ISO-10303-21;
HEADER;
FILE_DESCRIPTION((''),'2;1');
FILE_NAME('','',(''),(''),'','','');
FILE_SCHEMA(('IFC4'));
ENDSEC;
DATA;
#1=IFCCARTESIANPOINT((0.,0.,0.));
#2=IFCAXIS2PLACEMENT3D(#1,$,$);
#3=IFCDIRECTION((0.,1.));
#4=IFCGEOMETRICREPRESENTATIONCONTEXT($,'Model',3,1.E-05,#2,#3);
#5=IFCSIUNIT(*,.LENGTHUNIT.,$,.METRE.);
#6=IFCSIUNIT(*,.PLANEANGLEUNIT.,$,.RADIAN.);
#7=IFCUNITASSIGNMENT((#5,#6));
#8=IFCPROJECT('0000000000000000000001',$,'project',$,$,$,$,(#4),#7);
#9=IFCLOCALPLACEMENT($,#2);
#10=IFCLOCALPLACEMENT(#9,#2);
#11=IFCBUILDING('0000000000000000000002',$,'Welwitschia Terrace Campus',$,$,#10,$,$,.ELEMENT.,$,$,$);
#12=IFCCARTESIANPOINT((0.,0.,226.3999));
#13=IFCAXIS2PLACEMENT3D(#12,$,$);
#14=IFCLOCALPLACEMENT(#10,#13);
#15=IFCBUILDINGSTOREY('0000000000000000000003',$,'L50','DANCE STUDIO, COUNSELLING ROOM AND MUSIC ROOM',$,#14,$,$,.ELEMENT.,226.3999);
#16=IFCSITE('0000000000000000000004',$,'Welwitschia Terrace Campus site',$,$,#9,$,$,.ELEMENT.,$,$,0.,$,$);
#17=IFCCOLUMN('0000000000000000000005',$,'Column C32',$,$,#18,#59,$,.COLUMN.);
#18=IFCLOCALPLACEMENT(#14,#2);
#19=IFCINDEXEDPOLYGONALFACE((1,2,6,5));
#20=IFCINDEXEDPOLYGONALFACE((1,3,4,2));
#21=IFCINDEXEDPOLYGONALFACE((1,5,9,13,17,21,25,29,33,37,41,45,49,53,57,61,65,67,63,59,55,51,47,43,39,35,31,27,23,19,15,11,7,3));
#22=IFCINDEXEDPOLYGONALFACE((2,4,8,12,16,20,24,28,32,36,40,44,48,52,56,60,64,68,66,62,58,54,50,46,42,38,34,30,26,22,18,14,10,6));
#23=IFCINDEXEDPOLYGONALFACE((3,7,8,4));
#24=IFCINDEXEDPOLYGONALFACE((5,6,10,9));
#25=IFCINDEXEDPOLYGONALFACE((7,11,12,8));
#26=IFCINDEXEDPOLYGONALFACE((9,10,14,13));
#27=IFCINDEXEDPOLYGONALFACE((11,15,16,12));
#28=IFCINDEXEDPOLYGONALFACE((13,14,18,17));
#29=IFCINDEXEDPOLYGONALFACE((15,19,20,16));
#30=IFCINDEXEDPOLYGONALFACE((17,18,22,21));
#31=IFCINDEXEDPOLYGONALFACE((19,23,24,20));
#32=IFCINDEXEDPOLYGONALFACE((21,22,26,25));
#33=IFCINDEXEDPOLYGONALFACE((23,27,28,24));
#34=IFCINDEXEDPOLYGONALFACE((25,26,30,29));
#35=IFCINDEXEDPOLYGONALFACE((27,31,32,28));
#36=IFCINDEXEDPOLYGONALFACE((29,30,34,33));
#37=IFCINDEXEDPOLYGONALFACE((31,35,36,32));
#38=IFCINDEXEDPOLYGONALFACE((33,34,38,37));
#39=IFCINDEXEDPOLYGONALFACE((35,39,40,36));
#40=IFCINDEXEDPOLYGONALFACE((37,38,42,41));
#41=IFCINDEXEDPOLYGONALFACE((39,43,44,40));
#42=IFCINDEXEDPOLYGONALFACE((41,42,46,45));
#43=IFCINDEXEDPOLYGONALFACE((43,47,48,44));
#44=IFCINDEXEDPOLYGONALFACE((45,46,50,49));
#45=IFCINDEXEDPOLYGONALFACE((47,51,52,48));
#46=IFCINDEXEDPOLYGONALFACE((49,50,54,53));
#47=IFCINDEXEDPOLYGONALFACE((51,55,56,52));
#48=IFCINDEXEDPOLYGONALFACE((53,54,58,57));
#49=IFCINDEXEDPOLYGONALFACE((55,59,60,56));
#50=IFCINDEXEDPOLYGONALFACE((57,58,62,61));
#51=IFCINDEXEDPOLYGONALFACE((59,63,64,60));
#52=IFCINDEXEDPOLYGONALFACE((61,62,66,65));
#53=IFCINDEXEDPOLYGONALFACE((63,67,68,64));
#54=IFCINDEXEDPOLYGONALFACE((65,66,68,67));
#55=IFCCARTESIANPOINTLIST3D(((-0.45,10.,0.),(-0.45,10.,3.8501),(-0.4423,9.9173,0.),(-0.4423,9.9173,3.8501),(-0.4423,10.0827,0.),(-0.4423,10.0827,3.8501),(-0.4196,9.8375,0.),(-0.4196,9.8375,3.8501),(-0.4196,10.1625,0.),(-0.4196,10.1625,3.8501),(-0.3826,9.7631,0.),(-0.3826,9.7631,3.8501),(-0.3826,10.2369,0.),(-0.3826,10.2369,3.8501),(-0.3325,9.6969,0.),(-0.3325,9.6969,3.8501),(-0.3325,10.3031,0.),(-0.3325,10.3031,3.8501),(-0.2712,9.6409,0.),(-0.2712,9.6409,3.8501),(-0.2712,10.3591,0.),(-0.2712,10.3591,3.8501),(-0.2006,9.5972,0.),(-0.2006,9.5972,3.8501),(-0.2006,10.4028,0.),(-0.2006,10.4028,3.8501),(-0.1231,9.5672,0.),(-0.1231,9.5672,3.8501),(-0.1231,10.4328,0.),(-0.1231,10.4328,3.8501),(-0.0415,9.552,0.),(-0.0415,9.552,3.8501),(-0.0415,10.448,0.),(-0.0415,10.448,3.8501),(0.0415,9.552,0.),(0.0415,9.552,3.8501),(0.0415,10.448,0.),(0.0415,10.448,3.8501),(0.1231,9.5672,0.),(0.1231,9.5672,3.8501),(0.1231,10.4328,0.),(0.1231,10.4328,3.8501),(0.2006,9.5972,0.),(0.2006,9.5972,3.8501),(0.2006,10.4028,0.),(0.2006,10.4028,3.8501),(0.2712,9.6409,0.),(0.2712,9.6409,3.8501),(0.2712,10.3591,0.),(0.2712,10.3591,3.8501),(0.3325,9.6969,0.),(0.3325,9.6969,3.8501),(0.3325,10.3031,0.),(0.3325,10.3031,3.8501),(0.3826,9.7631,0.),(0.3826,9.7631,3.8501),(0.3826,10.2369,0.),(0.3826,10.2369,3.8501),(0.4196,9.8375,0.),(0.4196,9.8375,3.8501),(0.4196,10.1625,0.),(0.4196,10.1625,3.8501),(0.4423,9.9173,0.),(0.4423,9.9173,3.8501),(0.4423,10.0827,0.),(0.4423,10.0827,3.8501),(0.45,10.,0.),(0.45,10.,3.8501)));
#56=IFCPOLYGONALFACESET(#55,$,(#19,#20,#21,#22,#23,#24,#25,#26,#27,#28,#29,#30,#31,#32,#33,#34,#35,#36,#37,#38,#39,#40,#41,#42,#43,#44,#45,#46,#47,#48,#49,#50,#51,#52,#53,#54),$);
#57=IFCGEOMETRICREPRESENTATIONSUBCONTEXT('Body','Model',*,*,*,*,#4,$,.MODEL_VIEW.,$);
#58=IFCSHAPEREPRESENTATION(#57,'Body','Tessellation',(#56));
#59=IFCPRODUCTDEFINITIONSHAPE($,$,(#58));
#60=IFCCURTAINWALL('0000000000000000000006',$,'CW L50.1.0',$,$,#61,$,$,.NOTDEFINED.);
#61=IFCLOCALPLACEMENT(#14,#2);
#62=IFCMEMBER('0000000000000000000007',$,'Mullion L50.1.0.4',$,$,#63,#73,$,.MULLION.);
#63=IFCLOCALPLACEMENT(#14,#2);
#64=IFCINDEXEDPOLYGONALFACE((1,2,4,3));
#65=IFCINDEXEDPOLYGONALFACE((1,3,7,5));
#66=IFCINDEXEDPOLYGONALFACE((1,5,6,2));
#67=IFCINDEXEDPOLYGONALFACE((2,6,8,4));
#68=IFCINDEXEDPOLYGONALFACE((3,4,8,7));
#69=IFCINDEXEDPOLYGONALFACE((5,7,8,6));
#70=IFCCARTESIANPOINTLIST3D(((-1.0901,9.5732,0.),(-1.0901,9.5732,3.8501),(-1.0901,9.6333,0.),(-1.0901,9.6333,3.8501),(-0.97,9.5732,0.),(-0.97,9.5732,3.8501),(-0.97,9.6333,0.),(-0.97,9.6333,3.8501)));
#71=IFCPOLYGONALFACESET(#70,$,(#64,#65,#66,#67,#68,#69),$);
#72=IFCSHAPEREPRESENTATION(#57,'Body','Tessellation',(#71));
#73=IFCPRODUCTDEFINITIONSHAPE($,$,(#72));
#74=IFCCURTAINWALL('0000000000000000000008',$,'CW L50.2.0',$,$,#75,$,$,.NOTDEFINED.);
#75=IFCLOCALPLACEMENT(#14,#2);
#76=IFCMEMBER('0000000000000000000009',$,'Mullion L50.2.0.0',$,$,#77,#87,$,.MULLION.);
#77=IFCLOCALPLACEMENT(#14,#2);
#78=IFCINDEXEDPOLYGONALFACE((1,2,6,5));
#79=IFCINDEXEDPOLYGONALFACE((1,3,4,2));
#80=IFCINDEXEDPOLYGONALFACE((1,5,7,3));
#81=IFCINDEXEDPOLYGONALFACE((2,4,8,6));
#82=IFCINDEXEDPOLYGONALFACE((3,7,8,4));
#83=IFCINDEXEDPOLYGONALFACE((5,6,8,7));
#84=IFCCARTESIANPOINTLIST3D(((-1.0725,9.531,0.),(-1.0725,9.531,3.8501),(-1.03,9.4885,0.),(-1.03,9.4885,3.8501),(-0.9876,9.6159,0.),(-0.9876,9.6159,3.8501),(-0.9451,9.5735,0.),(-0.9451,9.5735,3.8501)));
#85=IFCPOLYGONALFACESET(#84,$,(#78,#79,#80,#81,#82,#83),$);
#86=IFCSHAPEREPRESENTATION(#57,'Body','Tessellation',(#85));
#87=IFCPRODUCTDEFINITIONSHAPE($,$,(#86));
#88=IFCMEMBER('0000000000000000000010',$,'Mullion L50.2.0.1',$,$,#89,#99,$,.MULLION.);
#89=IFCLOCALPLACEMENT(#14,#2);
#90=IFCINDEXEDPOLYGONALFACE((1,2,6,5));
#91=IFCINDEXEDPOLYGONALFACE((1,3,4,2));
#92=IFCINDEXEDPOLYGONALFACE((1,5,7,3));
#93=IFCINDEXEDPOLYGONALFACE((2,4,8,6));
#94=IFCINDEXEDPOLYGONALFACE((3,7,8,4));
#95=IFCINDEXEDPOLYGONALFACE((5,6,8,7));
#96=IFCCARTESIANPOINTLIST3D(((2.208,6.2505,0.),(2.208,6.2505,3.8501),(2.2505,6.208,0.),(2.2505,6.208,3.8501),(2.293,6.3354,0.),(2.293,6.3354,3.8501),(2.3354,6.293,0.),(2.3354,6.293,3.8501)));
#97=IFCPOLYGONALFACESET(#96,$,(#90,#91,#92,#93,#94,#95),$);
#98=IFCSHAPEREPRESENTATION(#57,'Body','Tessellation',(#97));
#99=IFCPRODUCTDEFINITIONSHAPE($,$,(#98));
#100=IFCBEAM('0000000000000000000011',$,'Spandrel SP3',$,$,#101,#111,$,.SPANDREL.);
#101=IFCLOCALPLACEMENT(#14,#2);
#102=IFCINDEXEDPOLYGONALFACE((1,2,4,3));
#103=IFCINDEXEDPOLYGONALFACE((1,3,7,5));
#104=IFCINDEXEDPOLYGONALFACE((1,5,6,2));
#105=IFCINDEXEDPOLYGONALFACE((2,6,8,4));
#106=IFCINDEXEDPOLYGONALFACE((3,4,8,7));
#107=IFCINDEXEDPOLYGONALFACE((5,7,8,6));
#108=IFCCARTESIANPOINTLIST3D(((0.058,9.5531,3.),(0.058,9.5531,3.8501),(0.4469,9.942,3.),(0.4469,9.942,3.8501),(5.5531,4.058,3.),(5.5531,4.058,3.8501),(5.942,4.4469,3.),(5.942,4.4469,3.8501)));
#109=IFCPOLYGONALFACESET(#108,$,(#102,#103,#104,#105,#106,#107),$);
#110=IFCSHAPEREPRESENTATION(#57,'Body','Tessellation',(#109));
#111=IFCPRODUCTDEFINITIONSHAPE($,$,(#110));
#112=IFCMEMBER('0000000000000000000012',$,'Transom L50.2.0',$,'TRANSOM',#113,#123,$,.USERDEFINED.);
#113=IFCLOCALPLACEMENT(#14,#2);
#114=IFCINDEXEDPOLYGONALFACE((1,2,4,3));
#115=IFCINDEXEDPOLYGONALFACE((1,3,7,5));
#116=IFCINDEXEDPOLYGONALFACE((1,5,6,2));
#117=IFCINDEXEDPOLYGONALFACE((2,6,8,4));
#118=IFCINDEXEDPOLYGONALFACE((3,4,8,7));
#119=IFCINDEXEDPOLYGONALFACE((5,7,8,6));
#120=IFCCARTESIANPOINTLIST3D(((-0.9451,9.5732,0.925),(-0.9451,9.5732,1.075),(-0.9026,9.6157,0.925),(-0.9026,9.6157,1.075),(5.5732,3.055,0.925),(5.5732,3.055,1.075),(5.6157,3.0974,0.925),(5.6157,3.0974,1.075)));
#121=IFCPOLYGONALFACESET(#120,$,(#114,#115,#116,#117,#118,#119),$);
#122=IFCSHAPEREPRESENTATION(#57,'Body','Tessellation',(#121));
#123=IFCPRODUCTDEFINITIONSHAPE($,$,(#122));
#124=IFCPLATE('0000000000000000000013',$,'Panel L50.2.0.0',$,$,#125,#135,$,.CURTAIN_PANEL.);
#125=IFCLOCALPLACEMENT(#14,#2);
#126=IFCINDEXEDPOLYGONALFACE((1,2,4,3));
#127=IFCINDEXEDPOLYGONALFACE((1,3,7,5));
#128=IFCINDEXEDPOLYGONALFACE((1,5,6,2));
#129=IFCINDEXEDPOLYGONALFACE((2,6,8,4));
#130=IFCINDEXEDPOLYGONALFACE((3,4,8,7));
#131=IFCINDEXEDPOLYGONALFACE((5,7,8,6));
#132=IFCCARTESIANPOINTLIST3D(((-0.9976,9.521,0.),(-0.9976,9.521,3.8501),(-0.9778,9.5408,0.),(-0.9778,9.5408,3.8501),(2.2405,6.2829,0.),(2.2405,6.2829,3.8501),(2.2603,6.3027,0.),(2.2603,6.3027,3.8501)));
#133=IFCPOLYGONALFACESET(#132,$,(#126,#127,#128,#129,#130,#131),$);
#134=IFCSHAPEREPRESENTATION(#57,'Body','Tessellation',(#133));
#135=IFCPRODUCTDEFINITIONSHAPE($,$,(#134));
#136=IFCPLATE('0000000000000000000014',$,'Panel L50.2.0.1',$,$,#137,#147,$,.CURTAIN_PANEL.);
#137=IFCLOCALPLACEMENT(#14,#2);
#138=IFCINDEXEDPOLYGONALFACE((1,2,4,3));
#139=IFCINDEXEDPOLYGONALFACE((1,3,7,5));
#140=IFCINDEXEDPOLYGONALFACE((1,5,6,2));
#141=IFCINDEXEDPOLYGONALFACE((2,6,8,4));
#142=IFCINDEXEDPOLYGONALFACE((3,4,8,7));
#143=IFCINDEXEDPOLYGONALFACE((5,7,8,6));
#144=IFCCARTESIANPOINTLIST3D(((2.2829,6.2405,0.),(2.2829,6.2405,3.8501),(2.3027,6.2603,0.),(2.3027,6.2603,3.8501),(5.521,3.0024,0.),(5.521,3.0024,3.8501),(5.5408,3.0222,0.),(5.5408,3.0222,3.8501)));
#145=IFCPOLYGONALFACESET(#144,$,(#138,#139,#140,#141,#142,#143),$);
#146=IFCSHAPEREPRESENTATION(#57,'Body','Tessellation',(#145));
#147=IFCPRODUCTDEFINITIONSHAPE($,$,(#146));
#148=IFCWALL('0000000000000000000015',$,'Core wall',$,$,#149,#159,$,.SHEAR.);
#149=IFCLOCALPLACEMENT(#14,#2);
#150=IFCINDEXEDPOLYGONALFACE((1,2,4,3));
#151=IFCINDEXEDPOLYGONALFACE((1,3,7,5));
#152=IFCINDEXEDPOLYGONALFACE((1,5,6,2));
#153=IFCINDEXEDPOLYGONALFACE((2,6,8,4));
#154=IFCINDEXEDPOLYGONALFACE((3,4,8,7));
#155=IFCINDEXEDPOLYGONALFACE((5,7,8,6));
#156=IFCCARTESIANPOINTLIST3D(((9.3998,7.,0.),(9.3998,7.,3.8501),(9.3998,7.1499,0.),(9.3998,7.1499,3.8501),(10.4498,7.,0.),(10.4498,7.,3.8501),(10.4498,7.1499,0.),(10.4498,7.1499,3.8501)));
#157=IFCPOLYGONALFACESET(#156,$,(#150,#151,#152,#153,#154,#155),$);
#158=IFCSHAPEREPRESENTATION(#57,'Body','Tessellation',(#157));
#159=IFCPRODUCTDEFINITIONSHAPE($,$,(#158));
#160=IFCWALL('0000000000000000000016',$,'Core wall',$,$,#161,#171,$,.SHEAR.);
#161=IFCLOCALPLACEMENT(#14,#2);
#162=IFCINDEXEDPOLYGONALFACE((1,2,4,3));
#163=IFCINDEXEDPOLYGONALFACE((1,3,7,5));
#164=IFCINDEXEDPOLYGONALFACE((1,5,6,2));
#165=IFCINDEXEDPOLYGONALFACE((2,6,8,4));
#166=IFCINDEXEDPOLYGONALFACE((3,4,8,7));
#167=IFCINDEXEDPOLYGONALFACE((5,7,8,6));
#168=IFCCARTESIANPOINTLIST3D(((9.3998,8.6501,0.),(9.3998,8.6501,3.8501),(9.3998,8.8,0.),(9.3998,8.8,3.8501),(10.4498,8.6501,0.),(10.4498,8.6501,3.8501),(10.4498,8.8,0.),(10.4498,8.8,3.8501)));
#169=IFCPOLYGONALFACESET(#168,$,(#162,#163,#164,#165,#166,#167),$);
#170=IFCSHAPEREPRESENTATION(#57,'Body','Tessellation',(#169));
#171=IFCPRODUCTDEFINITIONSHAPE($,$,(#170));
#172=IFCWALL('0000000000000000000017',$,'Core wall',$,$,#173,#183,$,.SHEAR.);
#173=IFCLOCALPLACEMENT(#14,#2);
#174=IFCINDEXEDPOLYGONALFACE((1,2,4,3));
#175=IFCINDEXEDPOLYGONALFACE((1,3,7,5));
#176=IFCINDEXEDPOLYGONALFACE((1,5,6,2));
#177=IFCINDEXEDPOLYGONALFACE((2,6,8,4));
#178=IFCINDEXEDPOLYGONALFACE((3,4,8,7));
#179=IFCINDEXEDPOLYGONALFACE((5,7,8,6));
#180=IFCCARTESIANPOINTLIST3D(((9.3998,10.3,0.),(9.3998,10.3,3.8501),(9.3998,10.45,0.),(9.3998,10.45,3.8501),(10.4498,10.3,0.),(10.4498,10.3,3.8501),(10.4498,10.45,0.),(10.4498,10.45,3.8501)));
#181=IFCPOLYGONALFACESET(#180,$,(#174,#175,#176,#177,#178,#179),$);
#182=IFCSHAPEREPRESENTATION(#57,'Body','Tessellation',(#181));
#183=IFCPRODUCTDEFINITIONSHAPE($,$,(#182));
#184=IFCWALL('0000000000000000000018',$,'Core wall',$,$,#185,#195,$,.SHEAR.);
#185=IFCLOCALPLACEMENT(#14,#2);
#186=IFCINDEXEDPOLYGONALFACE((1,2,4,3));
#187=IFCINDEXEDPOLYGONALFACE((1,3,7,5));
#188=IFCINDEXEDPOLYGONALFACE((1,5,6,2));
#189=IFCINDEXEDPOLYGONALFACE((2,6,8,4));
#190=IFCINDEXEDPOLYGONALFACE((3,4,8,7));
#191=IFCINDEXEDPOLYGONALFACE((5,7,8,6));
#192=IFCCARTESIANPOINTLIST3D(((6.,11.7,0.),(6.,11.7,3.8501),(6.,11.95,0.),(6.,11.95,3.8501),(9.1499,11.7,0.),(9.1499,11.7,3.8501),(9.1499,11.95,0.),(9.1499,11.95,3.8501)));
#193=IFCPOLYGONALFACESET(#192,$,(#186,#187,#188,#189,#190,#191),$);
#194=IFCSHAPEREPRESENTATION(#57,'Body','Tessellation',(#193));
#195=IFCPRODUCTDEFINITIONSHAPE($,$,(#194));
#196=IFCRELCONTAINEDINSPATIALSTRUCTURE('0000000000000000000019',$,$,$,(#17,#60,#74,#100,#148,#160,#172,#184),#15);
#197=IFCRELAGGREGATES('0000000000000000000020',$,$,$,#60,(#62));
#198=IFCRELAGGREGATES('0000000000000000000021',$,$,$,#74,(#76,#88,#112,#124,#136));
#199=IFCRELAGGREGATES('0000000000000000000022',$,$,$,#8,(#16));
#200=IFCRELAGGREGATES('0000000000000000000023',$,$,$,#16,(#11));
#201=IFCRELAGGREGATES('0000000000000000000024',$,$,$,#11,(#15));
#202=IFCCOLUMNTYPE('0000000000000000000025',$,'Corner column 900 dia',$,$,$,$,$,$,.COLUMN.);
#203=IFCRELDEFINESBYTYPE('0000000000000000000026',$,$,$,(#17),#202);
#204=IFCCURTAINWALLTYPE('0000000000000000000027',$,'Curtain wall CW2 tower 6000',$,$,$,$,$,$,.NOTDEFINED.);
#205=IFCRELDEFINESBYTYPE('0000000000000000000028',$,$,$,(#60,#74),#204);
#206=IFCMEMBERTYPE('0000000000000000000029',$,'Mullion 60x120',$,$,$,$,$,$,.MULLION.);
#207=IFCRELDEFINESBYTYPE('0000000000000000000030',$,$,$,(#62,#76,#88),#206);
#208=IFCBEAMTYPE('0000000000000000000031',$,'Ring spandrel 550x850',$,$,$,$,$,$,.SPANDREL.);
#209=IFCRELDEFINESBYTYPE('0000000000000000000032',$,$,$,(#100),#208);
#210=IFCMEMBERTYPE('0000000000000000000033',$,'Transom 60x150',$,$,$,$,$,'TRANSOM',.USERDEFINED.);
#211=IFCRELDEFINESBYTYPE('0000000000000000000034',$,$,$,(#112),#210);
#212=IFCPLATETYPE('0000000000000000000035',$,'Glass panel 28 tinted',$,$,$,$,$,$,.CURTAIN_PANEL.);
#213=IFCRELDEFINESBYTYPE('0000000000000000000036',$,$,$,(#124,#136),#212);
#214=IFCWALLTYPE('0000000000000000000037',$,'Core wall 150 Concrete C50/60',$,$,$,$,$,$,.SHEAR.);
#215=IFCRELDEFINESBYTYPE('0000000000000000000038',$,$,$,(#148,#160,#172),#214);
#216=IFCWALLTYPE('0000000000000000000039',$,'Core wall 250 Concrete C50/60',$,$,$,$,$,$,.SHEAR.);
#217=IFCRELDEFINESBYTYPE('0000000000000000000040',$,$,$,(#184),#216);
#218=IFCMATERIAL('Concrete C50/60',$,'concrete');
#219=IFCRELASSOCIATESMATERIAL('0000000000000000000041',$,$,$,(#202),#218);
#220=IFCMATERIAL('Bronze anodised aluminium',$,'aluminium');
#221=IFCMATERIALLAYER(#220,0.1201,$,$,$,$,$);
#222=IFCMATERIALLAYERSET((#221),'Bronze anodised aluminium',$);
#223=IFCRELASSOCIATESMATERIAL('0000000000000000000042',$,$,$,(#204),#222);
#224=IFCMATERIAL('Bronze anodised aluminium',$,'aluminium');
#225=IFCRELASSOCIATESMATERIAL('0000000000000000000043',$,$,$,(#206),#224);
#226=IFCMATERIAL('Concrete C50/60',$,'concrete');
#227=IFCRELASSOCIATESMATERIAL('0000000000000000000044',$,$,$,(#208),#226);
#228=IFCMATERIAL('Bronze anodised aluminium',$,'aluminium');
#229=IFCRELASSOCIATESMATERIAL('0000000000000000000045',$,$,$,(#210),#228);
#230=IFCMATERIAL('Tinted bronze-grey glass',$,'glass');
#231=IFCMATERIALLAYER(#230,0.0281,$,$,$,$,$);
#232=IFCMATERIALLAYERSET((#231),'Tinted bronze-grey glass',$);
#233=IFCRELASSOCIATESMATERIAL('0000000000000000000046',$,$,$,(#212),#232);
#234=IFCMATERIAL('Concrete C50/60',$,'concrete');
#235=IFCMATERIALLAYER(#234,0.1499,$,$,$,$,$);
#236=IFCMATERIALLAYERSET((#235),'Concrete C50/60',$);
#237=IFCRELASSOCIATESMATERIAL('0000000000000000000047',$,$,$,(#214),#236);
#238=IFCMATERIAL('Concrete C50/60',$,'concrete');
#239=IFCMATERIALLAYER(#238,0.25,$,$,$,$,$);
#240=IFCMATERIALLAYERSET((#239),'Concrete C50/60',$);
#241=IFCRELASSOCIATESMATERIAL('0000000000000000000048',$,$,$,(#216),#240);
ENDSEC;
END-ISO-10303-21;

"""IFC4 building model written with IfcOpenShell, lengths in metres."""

from ifc_helpers import new_model, si_unit, direction, frame, frame_2d, origin, origin_2d, place, context, subcontext, project, spatial, rectangle, circle, extrude, material, layer, layer_set, material_profile, profile_set, type_object, element, aggregate, save


model = new_model("IFC4")

# Units and contexts
model_context = context("Model", 3, precision=1e-05, world=origin(), true_north=direction((0.0, 1.0)))
body_context = subcontext(model_context, "Body", "Model", "MODEL_VIEW")
ifc_project = project(units=[si_unit("LENGTHUNIT", "METRE"), si_unit("PLANEANGLEUNIT", "RADIAN")], contexts=[model_context])

# Site, building, storey
site_placement = place(None, origin())
site = spatial("IfcSite", under=ifc_project, at=site_placement, Name="Welwitschia Terrace Campus site", CompositionType="ELEMENT", RefElevation=0.0)
building_placement = place(site_placement, origin())
building = spatial("IfcBuilding", under=site, at=building_placement, Name="Welwitschia Terrace Campus", CompositionType="ELEMENT")
storey_placement = place(building_placement, frame((0.0, 0.0, 226.3999)))
storey = spatial("IfcBuildingStorey", under=building, at=storey_placement, Name="L50", Description="DANCE STUDIO, COUNSELLING ROOM AND MUSIC ROOM", CompositionType="ELEMENT", Elevation=226.3999)

# Column
ifc_material_1 = material(Name="Concrete C50/60", Category="concrete")
ifc_material_profile_1 = material_profile(ifc_material_1, circle(Radius=0.45, at=origin_2d()))
ifc_profile_set_1 = profile_set([ifc_material_profile_1], Name="Concrete C50/60")
column_type = type_object("IfcColumnType", Name="Corner column 900 dia", PredefinedType="COLUMN", material=ifc_profile_set_1)
column_placement = place(storey_placement, frame((0.0, 10.0, 0.0), z_axis=(0.0, 0.0, 1.0), x_axis=(1.0, 0.0, 0.0)))
element("IfcColumn", 1, at=column_placement, inside=storey, type_object=column_type, Name="Column C32", PredefinedType="COLUMN", context=body_context, shape_type="SweptSolid", body=[
    extrude(circle(Radius=0.45, at=origin_2d()), origin(), (0.0, 0.0, 1.0), 3.8501),
])

# Curtain wall, member
ifc_material_2 = material(Name="Bronze anodised aluminium", Category="aluminium")
ifc_layer_1 = layer(ifc_material_2, 0.1201)
ifc_layer_set_1 = layer_set([ifc_layer_1], Name="Bronze anodised aluminium")
curtain_wall_type = type_object("IfcCurtainWallType", Name="Curtain wall CW2 tower 6000", PredefinedType="NOTDEFINED", material=ifc_layer_set_1)
curtain_wall_1_placement = place(storey_placement, origin())
curtain_wall_1 = element("IfcCurtainWall", 2, at=curtain_wall_1_placement, inside=storey, type_object=curtain_wall_type, Name="CW L50.1.0", PredefinedType="NOTDEFINED")
ifc_material_3 = material(Name="Bronze anodised aluminium", Category="aluminium")
ifc_material_profile_2 = material_profile(ifc_material_3, rectangle(XDim=0.1201, YDim=0.0601, at=origin_2d()))
ifc_profile_set_2 = profile_set([ifc_material_profile_2], Name="Bronze anodised aluminium")
member_type_1 = type_object("IfcMemberType", Name="Mullion 60x120", PredefinedType="MULLION", material=ifc_profile_set_2)
member_1_placement = place(storey_placement, frame((-1.03, 9.6033, 0.0), z_axis=(0.0, 0.0, 1.0), x_axis=(1.0, 0.0, 0.0)))
member_1 = element("IfcMember", 3, at=member_1_placement, type_object=member_type_1, Name="Mullion L50.1.0.4", PredefinedType="MULLION", context=body_context, shape_type="SweptSolid", body=[
    extrude(rectangle(XDim=0.1201, YDim=0.0601, at=origin_2d()), origin(), (0.0, 0.0, 1.0), 3.8501),
])
aggregate(curtain_wall_1, [member_1])

# Curtain wall, members
curtain_wall_2_placement = place(storey_placement, origin())
curtain_wall_2 = element("IfcCurtainWall", 4, at=curtain_wall_2_placement, inside=storey, type_object=curtain_wall_type, Name="CW L50.2.0", PredefinedType="NOTDEFINED")
member_2_placement = place(storey_placement, frame((-1.0088, 9.5522, 0.0), z_axis=(0.0, 0.0, 1.0), x_axis=(0.707107, 0.707107, 0.0)))
member_2 = element("IfcMember", 5, at=member_2_placement, type_object=member_type_1, Name="Mullion L50.2.0.0", PredefinedType="MULLION", context=body_context, shape_type="SweptSolid", body=[
    extrude(rectangle(XDim=0.1201, YDim=0.0601, at=origin_2d()), origin(), (0.0, 0.0, 1.0), 3.8501),
])
member_3_placement = place(storey_placement, frame((2.2717, 6.2717, 0.0), z_axis=(0.0, 0.0, 1.0), x_axis=(0.707107, 0.707107, 0.0)))
member_3 = element("IfcMember", 6, at=member_3_placement, type_object=member_type_1, Name="Mullion L50.2.0.1", PredefinedType="MULLION", context=body_context, shape_type="SweptSolid", body=[
    extrude(rectangle(XDim=0.1201, YDim=0.0601, at=origin_2d()), origin(), (0.0, 0.0, 1.0), 3.8501),
])

# Beam
ifc_material_4 = material(Name="Concrete C50/60", Category="concrete")
ifc_material_profile_3 = material_profile(ifc_material_4, rectangle(XDim=0.55, YDim=0.8501, at=origin_2d()))
ifc_profile_set_3 = profile_set([ifc_material_profile_3], Name="Concrete C50/60")
beam_type = type_object("IfcBeamType", Name="Ring spandrel 550x850", PredefinedType="SPANDREL", material=ifc_profile_set_3)
beam_placement = place(storey_placement, frame((0.2524, 9.7476, 3.425), z_axis=(0.707107, -0.707107, 0.0), x_axis=(0.707107, 0.707107, 0.0)))
element("IfcBeam", 7, at=beam_placement, inside=storey, type_object=beam_type, Name="Spandrel SP3", PredefinedType="SPANDREL", context=body_context, shape_type="SweptSolid", body=[
    extrude(rectangle(XDim=0.55, YDim=0.8501, at=origin_2d()), origin(), (0.0, 0.0, 1.0), 7.7712),
])

# Member
ifc_material_5 = material(Name="Bronze anodised aluminium", Category="aluminium")
ifc_material_profile_4 = material_profile(ifc_material_5, rectangle(XDim=0.0601, YDim=0.1499, at=origin_2d()))
ifc_profile_set_4 = profile_set([ifc_material_profile_4], Name="Bronze anodised aluminium")
member_type_2 = type_object("IfcMemberType", Name="Transom 60x150", ElementType="TRANSOM", PredefinedType="USERDEFINED", material=ifc_profile_set_4)
member_4_placement = place(storey_placement, frame((-0.9238, 9.5945, 1.0), z_axis=(0.707107, -0.707107, 0.0), x_axis=(0.707107, 0.707107, 0.0)))
member_4 = element("IfcMember", 8, at=member_4_placement, type_object=member_type_2, Name="Transom L50.2.0", ObjectType="TRANSOM", PredefinedType="USERDEFINED", context=body_context, shape_type="SweptSolid", body=[
    extrude(rectangle(XDim=0.0601, YDim=0.1499, at=origin_2d()), origin(), (0.0, 0.0, 1.0), 9.2183),
])

# Plates
ifc_material_6 = material(Name="Tinted bronze-grey glass", Category="glass")
ifc_layer_2 = layer(ifc_material_6, 0.0281)
ifc_layer_set_2 = layer_set([ifc_layer_2], Name="Tinted bronze-grey glass")
plate_type = type_object("IfcPlateType", Name="Glass panel 28 tinted", PredefinedType="CURTAIN_PANEL", material=ifc_layer_set_2)
plate_1_placement = place(storey_placement, frame((0.6313, 7.9119, 0.0), z_axis=(0.0, 0.0, 1.0), x_axis=(0.707107, -0.707107, 0.0)))
plate_1 = element("IfcPlate", 9, at=plate_1_placement, type_object=plate_type, Name="Panel L50.2.0.0", PredefinedType="CURTAIN_PANEL", context=body_context, shape_type="SweptSolid", body=[
    extrude(rectangle(XDim=4.5793, YDim=0.0281, at=origin_2d()), origin(), (0.0, 0.0, 1.0), 3.8501),
])
plate_2_placement = place(storey_placement, frame((3.9119, 4.6313, 0.0), z_axis=(0.0, 0.0, 1.0), x_axis=(0.707107, -0.707107, 0.0)))
plate_2 = element("IfcPlate", 10, at=plate_2_placement, type_object=plate_type, Name="Panel L50.2.0.1", PredefinedType="CURTAIN_PANEL", context=body_context, shape_type="SweptSolid", body=[
    extrude(rectangle(XDim=4.5793, YDim=0.0281, at=origin_2d()), origin(), (0.0, 0.0, 1.0), 3.8501),
])
aggregate(curtain_wall_2, [member_2, member_3, member_4, plate_1, plate_2])

# Walls
ifc_material_7 = material(Name="Concrete C50/60", Category="concrete")
ifc_layer_3 = layer(ifc_material_7, 0.1499)
ifc_layer_set_3 = layer_set([ifc_layer_3], Name="Concrete C50/60")
wall_type_1 = type_object("IfcWallType", Name="Core wall 150 Concrete C50/60", PredefinedType="SHEAR", material=ifc_layer_set_3)
for number, where, z_axis, x_axis, name in (
    (11, (9.3999, 7.075, 0.0), (0.0, 0.0, 1.0), (1.0, 0.0, 0.0), "Core wall"),
    (12, (9.3999, 8.7251, 0.0), (0.0, 0.0, 1.0), (1.0, 0.0, 0.0), "Core wall"),
    (13, (9.3999, 10.375, 0.0), (0.0, 0.0, 1.0), (1.0, 0.0, 0.0), "Core wall"),
):
    element("IfcWall", number, at=place(storey_placement, frame(where, z_axis=z_axis, x_axis=x_axis)), inside=storey, type_object=wall_type_1, Name=name, PredefinedType="SHEAR", context=body_context, shape_type="SweptSolid", body=[
        extrude(rectangle(XDim=1.05, YDim=0.1499, at=frame_2d((0.5249, 0.0))), origin(), (0.0, 0.0, 1.0), 3.8501),
    ])
ifc_material_8 = material(Name="Concrete C50/60", Category="concrete")
ifc_layer_4 = layer(ifc_material_8, 0.25)
ifc_layer_set_4 = layer_set([ifc_layer_4], Name="Concrete C50/60")
wall_type_2 = type_object("IfcWallType", Name="Core wall 250 Concrete C50/60", PredefinedType="SHEAR", material=ifc_layer_set_4)
wall_1_placement = place(storey_placement, frame((6.0, 11.825, 0.0), z_axis=(0.0, 0.0, 1.0), x_axis=(1.0, 0.0, 0.0)))
element("IfcWall", 14, at=wall_1_placement, inside=storey, type_object=wall_type_2, Name="Core wall", PredefinedType="SHEAR", context=body_context, shape_type="SweptSolid", body=[
    extrude(rectangle(XDim=3.1499, YDim=0.25, at=frame_2d((1.575, 0.0))), origin(), (0.0, 0.0, 1.0), 3.8501),
])

save(model, "model.ifc")
